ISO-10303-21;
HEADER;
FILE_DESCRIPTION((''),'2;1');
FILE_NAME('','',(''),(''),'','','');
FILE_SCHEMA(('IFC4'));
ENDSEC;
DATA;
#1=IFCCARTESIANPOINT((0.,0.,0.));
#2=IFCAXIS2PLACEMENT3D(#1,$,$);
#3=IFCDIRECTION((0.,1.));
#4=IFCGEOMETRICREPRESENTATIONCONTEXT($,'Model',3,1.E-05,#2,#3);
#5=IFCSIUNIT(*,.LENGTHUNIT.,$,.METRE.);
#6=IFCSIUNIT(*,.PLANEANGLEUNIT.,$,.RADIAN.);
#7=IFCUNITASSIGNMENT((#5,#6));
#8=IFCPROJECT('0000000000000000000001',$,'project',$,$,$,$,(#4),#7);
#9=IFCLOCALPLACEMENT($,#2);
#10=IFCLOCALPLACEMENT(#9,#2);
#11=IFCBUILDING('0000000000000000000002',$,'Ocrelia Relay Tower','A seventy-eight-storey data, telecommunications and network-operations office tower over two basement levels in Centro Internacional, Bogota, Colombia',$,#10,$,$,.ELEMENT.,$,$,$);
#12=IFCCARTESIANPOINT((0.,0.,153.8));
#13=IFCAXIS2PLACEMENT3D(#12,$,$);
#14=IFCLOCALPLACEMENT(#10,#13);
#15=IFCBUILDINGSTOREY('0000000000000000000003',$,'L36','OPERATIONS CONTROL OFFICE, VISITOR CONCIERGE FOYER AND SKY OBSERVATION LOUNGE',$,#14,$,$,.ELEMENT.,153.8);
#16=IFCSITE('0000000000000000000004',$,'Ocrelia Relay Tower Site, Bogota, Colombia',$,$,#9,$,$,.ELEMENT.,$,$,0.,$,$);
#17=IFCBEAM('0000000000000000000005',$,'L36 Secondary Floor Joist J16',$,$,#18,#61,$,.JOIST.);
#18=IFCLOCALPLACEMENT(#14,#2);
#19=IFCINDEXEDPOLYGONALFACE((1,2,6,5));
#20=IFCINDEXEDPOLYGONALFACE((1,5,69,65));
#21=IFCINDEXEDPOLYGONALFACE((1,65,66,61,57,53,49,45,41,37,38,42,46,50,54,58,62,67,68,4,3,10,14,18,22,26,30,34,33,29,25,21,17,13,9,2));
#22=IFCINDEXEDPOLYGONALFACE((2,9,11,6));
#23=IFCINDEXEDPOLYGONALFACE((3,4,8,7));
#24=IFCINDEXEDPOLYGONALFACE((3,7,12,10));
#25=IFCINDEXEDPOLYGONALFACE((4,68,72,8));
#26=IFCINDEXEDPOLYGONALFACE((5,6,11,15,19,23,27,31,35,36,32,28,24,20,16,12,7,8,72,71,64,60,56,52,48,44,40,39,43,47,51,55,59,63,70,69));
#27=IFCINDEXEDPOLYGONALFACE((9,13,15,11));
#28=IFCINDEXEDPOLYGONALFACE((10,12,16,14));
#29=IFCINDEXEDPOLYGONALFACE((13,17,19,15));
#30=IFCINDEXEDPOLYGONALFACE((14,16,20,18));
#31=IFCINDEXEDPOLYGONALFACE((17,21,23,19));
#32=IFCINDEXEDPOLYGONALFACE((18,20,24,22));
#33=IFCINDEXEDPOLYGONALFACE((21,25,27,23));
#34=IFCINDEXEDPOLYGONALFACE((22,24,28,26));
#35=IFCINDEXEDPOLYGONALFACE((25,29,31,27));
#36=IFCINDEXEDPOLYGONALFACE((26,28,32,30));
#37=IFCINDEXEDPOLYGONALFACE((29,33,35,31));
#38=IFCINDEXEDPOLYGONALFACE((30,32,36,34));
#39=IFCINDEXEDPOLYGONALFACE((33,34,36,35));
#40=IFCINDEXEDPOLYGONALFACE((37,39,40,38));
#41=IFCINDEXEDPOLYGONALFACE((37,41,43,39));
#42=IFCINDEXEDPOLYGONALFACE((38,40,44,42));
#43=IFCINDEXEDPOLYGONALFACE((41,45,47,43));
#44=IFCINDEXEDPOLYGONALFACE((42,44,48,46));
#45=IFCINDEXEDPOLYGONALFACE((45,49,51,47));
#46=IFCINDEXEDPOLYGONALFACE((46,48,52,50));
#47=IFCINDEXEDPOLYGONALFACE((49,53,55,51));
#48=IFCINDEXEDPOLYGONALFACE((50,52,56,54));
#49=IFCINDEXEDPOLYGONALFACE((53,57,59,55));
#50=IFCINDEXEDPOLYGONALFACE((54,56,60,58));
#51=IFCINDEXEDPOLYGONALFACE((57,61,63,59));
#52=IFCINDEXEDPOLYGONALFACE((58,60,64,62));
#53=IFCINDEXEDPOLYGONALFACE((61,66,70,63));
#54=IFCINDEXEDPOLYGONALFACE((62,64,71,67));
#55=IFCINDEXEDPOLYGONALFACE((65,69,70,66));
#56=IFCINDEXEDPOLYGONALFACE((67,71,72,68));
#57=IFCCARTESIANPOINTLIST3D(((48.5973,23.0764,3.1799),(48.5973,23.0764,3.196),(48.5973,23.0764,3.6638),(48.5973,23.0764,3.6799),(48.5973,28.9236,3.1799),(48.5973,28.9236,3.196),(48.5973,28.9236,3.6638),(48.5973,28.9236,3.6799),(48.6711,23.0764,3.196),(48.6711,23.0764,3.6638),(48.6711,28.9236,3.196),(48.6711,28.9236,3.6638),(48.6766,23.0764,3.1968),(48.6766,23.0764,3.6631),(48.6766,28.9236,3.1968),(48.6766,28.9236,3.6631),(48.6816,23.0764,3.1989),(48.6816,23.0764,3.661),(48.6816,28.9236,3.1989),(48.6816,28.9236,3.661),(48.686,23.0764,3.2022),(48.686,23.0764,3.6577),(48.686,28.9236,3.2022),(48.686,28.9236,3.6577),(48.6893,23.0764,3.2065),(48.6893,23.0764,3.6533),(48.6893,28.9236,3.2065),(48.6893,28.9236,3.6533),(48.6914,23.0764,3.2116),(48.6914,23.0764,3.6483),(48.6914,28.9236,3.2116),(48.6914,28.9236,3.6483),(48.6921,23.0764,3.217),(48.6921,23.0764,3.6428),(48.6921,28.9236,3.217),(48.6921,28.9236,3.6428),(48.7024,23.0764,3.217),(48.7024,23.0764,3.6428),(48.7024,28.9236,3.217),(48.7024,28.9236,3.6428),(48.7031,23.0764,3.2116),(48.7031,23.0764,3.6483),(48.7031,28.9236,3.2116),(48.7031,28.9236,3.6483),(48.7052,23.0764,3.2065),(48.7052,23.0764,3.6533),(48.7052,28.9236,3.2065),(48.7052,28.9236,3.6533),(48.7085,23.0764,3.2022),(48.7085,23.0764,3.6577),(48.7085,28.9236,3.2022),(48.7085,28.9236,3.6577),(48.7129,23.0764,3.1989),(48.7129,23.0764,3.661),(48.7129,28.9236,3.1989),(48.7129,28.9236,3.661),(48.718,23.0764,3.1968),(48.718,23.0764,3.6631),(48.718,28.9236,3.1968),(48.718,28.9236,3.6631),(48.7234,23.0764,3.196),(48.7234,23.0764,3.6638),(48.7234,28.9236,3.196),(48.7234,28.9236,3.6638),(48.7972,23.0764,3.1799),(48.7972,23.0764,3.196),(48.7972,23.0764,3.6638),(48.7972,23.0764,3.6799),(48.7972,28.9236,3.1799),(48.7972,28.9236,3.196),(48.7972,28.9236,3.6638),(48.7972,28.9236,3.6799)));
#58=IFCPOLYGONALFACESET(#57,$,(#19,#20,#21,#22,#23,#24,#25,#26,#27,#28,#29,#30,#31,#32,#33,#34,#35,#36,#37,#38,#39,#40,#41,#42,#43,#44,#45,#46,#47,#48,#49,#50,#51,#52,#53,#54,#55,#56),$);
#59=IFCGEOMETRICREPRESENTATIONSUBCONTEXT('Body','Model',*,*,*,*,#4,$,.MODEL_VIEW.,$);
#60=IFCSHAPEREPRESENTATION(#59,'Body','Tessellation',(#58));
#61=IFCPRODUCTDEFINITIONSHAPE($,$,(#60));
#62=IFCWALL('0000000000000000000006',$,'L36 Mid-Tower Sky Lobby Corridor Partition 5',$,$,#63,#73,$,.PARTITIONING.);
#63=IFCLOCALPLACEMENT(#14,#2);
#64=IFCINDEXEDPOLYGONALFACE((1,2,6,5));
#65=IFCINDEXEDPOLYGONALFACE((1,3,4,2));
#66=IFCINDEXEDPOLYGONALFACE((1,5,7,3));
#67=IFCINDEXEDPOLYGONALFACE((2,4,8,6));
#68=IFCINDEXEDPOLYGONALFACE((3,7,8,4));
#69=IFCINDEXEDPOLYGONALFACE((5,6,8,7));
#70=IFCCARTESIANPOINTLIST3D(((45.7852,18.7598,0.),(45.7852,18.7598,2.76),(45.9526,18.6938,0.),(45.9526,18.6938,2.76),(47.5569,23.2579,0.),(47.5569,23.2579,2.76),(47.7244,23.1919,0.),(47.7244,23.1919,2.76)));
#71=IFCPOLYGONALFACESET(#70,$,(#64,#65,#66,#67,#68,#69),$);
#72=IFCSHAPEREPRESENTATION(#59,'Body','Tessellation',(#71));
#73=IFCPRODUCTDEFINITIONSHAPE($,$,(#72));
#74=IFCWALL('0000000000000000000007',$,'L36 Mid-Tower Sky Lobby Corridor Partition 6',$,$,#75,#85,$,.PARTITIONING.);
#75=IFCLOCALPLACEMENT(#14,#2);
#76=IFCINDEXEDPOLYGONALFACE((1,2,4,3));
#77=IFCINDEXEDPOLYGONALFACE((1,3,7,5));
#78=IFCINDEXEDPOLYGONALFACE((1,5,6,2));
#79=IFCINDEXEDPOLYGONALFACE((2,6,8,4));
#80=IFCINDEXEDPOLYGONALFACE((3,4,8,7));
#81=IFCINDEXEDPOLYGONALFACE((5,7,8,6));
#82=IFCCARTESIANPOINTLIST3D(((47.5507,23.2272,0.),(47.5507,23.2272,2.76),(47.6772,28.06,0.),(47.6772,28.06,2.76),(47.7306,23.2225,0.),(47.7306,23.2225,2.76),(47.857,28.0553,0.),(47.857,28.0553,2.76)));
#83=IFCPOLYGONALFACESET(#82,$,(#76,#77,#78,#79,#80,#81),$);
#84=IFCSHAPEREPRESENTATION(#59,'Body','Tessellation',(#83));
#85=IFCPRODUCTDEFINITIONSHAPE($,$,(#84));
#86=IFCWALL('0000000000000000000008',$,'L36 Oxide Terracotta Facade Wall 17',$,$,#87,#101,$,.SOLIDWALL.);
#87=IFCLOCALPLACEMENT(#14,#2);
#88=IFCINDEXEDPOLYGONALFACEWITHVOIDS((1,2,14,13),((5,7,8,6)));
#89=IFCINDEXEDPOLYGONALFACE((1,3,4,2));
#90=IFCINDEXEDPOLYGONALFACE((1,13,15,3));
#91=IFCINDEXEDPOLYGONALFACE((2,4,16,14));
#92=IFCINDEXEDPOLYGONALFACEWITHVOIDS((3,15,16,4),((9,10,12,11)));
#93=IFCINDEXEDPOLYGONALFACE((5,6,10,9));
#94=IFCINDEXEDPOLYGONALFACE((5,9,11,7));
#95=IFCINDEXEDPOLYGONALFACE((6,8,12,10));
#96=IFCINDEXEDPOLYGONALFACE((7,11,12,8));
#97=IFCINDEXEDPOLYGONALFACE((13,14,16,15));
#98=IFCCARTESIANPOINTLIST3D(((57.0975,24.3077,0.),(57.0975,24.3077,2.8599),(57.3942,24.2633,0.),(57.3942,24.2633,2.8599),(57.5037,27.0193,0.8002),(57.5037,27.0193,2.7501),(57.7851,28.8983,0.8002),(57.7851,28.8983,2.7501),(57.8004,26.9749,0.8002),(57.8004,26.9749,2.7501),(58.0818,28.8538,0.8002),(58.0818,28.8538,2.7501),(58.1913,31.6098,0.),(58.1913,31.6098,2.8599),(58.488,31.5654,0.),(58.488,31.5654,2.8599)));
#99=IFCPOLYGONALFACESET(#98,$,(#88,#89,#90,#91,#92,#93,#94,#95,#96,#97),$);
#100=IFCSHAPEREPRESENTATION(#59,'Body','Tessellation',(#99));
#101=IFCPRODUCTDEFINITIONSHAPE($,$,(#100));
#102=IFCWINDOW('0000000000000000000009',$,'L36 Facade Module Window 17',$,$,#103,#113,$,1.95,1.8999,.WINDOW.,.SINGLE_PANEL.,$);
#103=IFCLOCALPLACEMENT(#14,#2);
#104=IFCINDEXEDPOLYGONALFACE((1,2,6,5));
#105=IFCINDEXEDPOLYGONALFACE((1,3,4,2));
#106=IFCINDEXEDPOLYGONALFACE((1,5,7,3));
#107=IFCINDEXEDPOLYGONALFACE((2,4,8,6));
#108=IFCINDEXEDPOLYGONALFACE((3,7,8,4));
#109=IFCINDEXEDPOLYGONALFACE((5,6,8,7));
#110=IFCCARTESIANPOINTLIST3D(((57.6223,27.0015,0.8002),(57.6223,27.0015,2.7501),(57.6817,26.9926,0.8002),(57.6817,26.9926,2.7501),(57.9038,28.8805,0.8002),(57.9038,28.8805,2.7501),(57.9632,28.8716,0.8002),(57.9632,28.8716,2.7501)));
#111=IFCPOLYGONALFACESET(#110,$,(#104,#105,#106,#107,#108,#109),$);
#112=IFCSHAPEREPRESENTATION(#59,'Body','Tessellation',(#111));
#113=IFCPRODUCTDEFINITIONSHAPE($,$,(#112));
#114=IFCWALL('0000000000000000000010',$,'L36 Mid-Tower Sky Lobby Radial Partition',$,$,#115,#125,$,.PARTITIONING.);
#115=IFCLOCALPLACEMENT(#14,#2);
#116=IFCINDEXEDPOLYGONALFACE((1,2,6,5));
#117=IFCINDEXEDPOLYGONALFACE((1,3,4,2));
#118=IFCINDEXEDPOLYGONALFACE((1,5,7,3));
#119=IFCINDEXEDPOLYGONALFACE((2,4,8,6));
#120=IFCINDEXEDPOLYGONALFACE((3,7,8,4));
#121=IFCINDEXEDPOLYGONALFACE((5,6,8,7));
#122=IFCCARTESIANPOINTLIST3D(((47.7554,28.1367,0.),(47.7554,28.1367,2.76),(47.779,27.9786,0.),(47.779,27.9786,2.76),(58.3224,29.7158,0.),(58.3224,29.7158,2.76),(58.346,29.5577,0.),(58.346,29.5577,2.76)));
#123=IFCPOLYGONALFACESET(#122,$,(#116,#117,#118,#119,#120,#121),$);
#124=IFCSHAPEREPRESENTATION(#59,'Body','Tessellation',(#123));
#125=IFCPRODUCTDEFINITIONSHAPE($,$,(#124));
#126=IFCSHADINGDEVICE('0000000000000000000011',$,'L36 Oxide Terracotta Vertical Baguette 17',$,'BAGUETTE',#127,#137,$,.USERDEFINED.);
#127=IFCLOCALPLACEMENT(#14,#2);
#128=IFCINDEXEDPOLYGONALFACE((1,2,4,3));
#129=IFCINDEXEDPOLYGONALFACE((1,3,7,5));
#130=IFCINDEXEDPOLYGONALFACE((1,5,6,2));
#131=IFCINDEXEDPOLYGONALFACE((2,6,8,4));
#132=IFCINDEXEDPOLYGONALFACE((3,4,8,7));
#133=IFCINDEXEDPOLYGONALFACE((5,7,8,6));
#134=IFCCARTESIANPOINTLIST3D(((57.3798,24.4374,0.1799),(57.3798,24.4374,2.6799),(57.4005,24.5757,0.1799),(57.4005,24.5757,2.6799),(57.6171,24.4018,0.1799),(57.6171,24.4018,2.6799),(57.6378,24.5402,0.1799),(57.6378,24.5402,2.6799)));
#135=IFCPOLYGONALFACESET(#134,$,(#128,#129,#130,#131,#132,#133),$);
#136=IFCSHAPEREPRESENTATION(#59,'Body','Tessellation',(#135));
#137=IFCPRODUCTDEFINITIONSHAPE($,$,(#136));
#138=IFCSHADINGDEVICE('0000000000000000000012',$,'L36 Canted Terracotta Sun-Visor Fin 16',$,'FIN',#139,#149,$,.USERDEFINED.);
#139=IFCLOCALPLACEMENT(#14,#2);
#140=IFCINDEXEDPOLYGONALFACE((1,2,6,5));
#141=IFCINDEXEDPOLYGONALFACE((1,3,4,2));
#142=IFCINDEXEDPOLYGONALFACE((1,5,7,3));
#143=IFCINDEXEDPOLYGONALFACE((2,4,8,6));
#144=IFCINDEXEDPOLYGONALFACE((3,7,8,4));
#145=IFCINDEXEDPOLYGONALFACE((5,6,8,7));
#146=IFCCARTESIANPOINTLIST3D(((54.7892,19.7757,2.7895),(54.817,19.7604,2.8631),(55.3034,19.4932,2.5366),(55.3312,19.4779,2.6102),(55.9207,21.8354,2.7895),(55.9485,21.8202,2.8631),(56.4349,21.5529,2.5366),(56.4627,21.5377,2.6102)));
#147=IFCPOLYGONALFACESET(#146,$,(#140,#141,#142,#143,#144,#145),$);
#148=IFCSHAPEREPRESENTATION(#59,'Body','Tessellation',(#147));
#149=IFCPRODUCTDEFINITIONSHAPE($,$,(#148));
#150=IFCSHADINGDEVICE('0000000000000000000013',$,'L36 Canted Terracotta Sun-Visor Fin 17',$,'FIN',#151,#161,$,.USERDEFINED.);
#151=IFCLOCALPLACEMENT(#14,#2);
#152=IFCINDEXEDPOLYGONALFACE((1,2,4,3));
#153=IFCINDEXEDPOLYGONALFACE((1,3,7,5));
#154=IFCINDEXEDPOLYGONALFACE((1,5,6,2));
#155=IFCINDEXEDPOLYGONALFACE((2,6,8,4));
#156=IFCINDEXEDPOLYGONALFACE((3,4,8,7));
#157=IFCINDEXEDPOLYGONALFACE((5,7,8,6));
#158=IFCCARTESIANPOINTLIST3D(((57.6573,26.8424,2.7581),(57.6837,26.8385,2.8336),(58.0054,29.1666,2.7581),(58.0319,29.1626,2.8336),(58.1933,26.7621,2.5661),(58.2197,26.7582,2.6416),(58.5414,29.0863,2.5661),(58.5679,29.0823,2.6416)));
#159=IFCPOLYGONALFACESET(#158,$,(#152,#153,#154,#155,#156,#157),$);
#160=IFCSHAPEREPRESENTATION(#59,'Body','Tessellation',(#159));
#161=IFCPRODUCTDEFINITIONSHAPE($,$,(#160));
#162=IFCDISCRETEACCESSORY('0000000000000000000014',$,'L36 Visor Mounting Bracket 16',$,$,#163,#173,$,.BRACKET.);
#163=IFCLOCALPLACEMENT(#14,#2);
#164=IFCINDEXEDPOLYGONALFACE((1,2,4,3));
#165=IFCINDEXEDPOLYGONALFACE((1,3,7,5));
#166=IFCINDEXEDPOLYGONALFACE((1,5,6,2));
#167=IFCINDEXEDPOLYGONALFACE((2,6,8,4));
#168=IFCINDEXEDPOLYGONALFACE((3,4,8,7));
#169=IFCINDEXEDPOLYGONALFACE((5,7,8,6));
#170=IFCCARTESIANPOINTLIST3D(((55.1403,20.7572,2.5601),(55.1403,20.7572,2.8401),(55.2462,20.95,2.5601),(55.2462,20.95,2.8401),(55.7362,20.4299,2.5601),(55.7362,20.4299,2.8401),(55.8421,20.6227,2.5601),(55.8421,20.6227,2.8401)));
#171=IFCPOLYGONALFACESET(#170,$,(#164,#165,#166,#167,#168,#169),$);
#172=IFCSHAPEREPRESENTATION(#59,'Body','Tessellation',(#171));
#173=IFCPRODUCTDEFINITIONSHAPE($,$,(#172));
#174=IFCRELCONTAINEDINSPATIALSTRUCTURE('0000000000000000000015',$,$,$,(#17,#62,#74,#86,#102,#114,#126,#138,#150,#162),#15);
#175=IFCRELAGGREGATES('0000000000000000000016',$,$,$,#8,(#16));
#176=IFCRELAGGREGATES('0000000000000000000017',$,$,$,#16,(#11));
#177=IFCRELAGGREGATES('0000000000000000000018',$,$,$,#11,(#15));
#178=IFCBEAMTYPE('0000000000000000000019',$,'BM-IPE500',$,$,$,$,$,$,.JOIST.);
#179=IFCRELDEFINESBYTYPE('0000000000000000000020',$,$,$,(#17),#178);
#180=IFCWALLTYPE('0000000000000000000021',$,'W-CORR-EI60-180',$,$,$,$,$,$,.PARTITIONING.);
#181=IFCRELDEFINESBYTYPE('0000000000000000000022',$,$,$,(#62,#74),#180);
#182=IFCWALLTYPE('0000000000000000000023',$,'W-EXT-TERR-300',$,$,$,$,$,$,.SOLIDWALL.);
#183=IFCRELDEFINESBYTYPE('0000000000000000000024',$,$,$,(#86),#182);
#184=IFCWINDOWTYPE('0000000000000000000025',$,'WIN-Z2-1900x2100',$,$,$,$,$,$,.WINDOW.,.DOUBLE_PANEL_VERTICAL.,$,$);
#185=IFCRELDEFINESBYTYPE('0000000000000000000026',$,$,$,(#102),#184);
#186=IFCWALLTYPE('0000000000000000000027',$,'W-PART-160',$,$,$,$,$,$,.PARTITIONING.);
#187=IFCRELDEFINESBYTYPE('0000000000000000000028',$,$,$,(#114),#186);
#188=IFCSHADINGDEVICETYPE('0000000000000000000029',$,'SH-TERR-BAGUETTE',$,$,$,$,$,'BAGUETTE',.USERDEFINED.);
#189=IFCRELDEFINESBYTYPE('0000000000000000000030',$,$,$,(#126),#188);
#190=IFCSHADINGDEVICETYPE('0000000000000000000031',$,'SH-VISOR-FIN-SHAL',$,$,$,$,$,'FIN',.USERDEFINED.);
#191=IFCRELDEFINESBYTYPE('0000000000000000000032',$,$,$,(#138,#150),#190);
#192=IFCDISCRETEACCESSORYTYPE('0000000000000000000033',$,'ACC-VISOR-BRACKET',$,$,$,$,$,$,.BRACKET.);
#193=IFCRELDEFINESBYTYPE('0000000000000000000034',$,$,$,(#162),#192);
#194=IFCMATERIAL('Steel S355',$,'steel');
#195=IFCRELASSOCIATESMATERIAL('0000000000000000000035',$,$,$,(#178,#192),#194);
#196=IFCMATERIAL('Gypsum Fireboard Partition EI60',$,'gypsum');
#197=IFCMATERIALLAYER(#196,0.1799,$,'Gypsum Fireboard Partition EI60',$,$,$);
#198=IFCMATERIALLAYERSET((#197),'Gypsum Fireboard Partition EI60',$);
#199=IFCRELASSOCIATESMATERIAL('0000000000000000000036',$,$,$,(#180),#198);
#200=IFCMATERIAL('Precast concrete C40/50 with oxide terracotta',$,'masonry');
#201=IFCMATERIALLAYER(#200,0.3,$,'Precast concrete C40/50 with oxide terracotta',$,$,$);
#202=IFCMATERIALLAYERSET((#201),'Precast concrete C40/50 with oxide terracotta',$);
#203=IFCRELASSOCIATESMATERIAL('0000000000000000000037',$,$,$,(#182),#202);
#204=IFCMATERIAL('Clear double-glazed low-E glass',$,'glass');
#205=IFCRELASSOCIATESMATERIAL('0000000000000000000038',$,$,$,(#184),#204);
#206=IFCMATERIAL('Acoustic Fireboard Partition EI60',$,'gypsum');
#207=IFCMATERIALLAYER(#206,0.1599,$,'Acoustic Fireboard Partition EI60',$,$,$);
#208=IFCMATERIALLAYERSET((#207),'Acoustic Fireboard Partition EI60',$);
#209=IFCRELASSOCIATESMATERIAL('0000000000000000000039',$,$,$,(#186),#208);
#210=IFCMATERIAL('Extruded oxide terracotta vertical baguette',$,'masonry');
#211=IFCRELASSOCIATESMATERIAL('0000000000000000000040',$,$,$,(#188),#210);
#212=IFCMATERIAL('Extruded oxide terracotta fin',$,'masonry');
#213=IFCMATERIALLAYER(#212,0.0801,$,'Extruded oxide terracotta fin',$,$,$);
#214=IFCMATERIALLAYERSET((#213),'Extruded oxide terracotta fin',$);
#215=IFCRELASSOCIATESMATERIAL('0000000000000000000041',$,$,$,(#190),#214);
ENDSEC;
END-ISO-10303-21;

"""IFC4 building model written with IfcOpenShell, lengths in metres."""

from ifc_helpers import new_model, si_unit, direction, frame, frame_2d, origin, origin_2d, place, context, subcontext, project, spatial, rectangle, i_section, extrude, material, layer, layer_set, material_profile, profile_set, type_object, element, fill, save


model = new_model("IFC4")

# Units and contexts
model_context = context("Model", 3, precision=1e-05, world=origin(), true_north=direction((0.0, 1.0)))
body_context = subcontext(model_context, "Body", "Model", "MODEL_VIEW")
ifc_project = project(units=[si_unit("LENGTHUNIT", "METRE"), si_unit("PLANEANGLEUNIT", "RADIAN")], contexts=[model_context])

# Site, building, storey
site_placement = place(None, origin())
site = spatial("IfcSite", under=ifc_project, at=site_placement, Name="Ocrelia Relay Tower Site, Bogota, Colombia", CompositionType="ELEMENT", RefElevation=0.0)
building_placement = place(site_placement, origin())
building = spatial("IfcBuilding", under=site, at=building_placement, Name="Ocrelia Relay Tower", Description="A seventy-eight-storey data, telecommunications and network-operations office tower over two basement levels in Centro Internacional, Bogota, Colombia", CompositionType="ELEMENT")
storey_placement = place(building_placement, frame((0.0, 0.0, 153.8)))
storey = spatial("IfcBuildingStorey", under=building, at=storey_placement, Name="L36", Description="OPERATIONS CONTROL OFFICE, VISITOR CONCIERGE FOYER AND SKY OBSERVATION LOUNGE", CompositionType="ELEMENT", Elevation=153.8)

# Beam
ifc_material_1 = material(Name="Steel S355", Category="steel")
ifc_material_profile_1 = material_profile(ifc_material_1, i_section(OverallWidth=0.2, OverallDepth=0.5, WebThickness=0.0103, FlangeThickness=0.0161, FilletRadius=0.021, at=origin_2d()), Name="IPE 500")
ifc_profile_set_1 = profile_set([ifc_material_profile_1], Name="Steel S355")
beam_type_1 = type_object("IfcBeamType", Name="BM-IPE500", PredefinedType="JOIST", material=ifc_profile_set_1)
beam_1_placement = place(storey_placement, frame((48.6973, 23.0764, 3.4299), z_axis=(0.0, 1.0, 0.0), x_axis=(-1.0, 0.0, 0.0)))
element("IfcBeam", 1, at=beam_1_placement, inside=storey, type_object=beam_type_1, Name="L36 Secondary Floor Joist J16", PredefinedType="JOIST", context=body_context, shape_type="SweptSolid", body=[
    extrude(i_section(OverallWidth=0.2, OverallDepth=0.5, WebThickness=0.0103, FlangeThickness=0.0161, FilletRadius=0.021, at=origin_2d()), origin(), (0.0, 0.0, 1.0), 5.8472),
])

# Walls
ifc_material_2 = material(Name="Gypsum Fireboard Partition EI60", Category="gypsum")
ifc_layer_1 = layer(ifc_material_2, 0.1799, Name="Gypsum Fireboard Partition EI60")
ifc_layer_set_1 = layer_set([ifc_layer_1], Name="Gypsum Fireboard Partition EI60")
wall_type_1 = type_object("IfcWallType", Name="W-CORR-EI60-180", PredefinedType="PARTITIONING", material=ifc_layer_set_1)
for number, where, z_axis, x_axis, name in (
    (2, (45.8689, 18.7268, 0.0), (0.0, 0.0, 1.0), (0.366483, 0.930425, 0.0), "L36 Mid-Tower Sky Lobby Corridor Partition 5"),
    (3, (47.6406, 23.2249, 0.0), (0.0, 0.0, 1.0), (0.026159, 0.999658, 0.0), "L36 Mid-Tower Sky Lobby Corridor Partition 6"),
):
    element("IfcWall", number, at=place(storey_placement, frame(where, z_axis=z_axis, x_axis=x_axis)), inside=storey, type_object=wall_type_1, Name=name, PredefinedType="PARTITIONING", context=body_context, shape_type="SweptSolid", body=[
        extrude(rectangle(XDim=4.8345, YDim=0.1799, at=frame_2d((2.4172, 0.0))), origin(), (0.0, 0.0, 1.0), 2.76),
    ])

# Wall, opening, window
ifc_material_3 = material(Name="Precast concrete C40/50 with oxide terracotta", Category="masonry")
ifc_layer_2 = layer(ifc_material_3, 0.3, Name="Precast concrete C40/50 with oxide terracotta")
ifc_layer_set_2 = layer_set([ifc_layer_2], Name="Precast concrete C40/50 with oxide terracotta")
wall_type_2 = type_object("IfcWallType", Name="W-EXT-TERR-300", PredefinedType="SOLIDWALL", material=ifc_layer_set_2)
wall_1_placement = place(storey_placement, frame((57.2458, 24.2854, 0.0), z_axis=(0.0, 0.0, 1.0), x_axis=(0.148135, 0.988967, 0.0)))
wall_1 = element("IfcWall", 4, at=wall_1_placement, inside=storey, type_object=wall_type_2, Name="L36 Oxide Terracotta Facade Wall 17", PredefinedType="SOLIDWALL", context=body_context, shape_type="SweptSolid", body=[
    extrude(rectangle(XDim=7.3835, YDim=0.3, at=frame_2d((3.6919, 0.0))), origin(), (0.0, 0.0, 1.0), 2.8599),
])
opening_1_placement = place(wall_1_placement, frame((2.7419, 0.0, 0.8)))
opening_1 = element("IfcOpeningElement", 5, at=opening_1_placement, cuts=wall_1, PredefinedType="OPENING", context=body_context, shape_type="SweptSolid", body=[
    extrude(rectangle(XDim=1.8999, YDim=1.95, at=frame_2d((0.95, 0.9751))), frame((0.0, 0.1602, 0.0), z_axis=(0.0, -1.0, 0.0), x_axis=(1.0, 0.0, 0.0)), (0.0, 0.0, 1.0), 0.3201),
])
ifc_material_4 = material(Name="Clear double-glazed low-E glass", Category="glass")
window_type = type_object("IfcWindowType", Name="WIN-Z2-1900x2100", PartitioningType="DOUBLE_PANEL_VERTICAL", PredefinedType="WINDOW", material=ifc_material_4)
window_placement = place(opening_1_placement, origin())
window = element("IfcWindow", 6, at=window_placement, inside=storey, type_object=window_type, Name="L36 Facade Module Window 17", OverallHeight=1.95, OverallWidth=1.8999, PartitioningType="SINGLE_PANEL", PredefinedType="WINDOW", context=body_context, shape_type="SweptSolid", body=[
    extrude(rectangle(XDim=1.8999, YDim=1.95, at=frame_2d((0.95, 0.9751))), frame((0.0, 0.03, 0.0), z_axis=(0.0, -1.0, 0.0), x_axis=(1.0, 0.0, 0.0)), (0.0, 0.0, 1.0), 0.0601),
])
fill(opening_1, window)

# Wall
ifc_material_5 = material(Name="Acoustic Fireboard Partition EI60", Category="gypsum")
ifc_layer_3 = layer(ifc_material_5, 0.1599, Name="Acoustic Fireboard Partition EI60")
ifc_layer_set_3 = layer_set([ifc_layer_3], Name="Acoustic Fireboard Partition EI60")
wall_type_3 = type_object("IfcWallType", Name="W-PART-160", PredefinedType="PARTITIONING", material=ifc_layer_set_3)
wall_2_placement = place(storey_placement, frame((47.7671, 28.0576, 0.0), z_axis=(0.0, 0.0, 1.0), x_axis=(0.989018, 0.147797, 0.0)))
element("IfcWall", 7, at=wall_2_placement, inside=storey, type_object=wall_type_3, Name="L36 Mid-Tower Sky Lobby Radial Partition", PredefinedType="PARTITIONING", context=body_context, shape_type="SweptSolid", body=[
    extrude(rectangle(XDim=10.6843, YDim=0.1599, at=frame_2d((5.3423, 0.0))), origin(), (0.0, 0.0, 1.0), 2.76),
])

# Shading devices
ifc_material_6 = material(Name="Extruded oxide terracotta vertical baguette", Category="masonry")
shading_device_type_1 = type_object("IfcShadingDeviceType", Name="SH-TERR-BAGUETTE", ElementType="BAGUETTE", PredefinedType="USERDEFINED", material=ifc_material_6)
shading_device_1_placement = place(storey_placement, frame((57.5088, 24.4888, 0.1799), z_axis=(0.0, 0.0, 1.0), x_axis=(0.148144, 0.988966, 0.0)))
element("IfcShadingDevice", 8, at=shading_device_1_placement, inside=storey, type_object=shading_device_type_1, Name="L36 Oxide Terracotta Vertical Baguette 17", ObjectType="BAGUETTE", PredefinedType="USERDEFINED", context=body_context, shape_type="SweptSolid", body=[
    extrude(rectangle(XDim=0.1399, YDim=0.24, at=origin_2d()), origin(), (0.0, 0.0, 1.0), 2.5),
])
ifc_material_7 = material(Name="Extruded oxide terracotta fin", Category="masonry")
ifc_layer_4 = layer(ifc_material_7, 0.0801, Name="Extruded oxide terracotta fin")
ifc_layer_set_4 = layer_set([ifc_layer_4], Name="Extruded oxide terracotta fin")
shading_device_type_2 = type_object("IfcShadingDeviceType", Name="SH-VISOR-FIN-SHAL", ElementType="FIN", PredefinedType="USERDEFINED", material=ifc_layer_set_4)
shading_device_2_placement = place(storey_placement, frame((55.6121, 20.6643, 2.6631), z_axis=(0.34696, -0.190601, 0.918308), x_axis=(0.481478, 0.876458, 0.0)))
element("IfcShadingDevice", 9, at=shading_device_2_placement, inside=storey, type_object=shading_device_type_2, Name="L36 Canted Terracotta Sun-Visor Fin 16", ObjectType="FIN", PredefinedType="USERDEFINED", context=body_context, shape_type="SweptSolid", body=[
    extrude(rectangle(XDim=2.3501, YDim=0.6389, at=origin_2d()), origin(), (0.0, 0.0, 1.0), 0.0801),
])
shading_device_3_placement = place(storey_placement, frame((58.0994, 27.9644, 2.6621), z_axis=(0.330124, -0.049451, 0.942641), x_axis=(0.148144, 0.988966, 0.0)))
element("IfcShadingDevice", 10, at=shading_device_3_placement, inside=storey, type_object=shading_device_type_2, Name="L36 Canted Terracotta Sun-Visor Fin 17", ObjectType="FIN", PredefinedType="USERDEFINED", context=body_context, shape_type="SweptSolid", body=[
    extrude(rectangle(XDim=2.3501, YDim=0.575, at=origin_2d()), origin(), (0.0, 0.0, 1.0), 0.0801),
])

# Discrete accessory
discrete_accessory_type = type_object("IfcDiscreteAccessoryType", Name="ACC-VISOR-BRACKET", PredefinedType="BRACKET", material=ifc_material_1)
for number, where, z_axis, x_axis, name in (
    (11, (55.4912, 20.6899, 2.5601), (0.0, 0.0, 1.0), (0.481478, 0.876458, 0.0), "L36 Visor Mounting Bracket 16"),
):
    element("IfcDiscreteAccessory", number, at=place(storey_placement, frame(where, z_axis=z_axis, x_axis=x_axis)), inside=storey, type_object=discrete_accessory_type, Name=name, PredefinedType="BRACKET", context=body_context, shape_type="SweptSolid", body=[
        extrude(rectangle(XDim=0.22, YDim=0.6799, at=origin_2d()), origin(), (0.0, 0.0, 1.0), 0.28),
    ])

save(model, "model.ifc")
